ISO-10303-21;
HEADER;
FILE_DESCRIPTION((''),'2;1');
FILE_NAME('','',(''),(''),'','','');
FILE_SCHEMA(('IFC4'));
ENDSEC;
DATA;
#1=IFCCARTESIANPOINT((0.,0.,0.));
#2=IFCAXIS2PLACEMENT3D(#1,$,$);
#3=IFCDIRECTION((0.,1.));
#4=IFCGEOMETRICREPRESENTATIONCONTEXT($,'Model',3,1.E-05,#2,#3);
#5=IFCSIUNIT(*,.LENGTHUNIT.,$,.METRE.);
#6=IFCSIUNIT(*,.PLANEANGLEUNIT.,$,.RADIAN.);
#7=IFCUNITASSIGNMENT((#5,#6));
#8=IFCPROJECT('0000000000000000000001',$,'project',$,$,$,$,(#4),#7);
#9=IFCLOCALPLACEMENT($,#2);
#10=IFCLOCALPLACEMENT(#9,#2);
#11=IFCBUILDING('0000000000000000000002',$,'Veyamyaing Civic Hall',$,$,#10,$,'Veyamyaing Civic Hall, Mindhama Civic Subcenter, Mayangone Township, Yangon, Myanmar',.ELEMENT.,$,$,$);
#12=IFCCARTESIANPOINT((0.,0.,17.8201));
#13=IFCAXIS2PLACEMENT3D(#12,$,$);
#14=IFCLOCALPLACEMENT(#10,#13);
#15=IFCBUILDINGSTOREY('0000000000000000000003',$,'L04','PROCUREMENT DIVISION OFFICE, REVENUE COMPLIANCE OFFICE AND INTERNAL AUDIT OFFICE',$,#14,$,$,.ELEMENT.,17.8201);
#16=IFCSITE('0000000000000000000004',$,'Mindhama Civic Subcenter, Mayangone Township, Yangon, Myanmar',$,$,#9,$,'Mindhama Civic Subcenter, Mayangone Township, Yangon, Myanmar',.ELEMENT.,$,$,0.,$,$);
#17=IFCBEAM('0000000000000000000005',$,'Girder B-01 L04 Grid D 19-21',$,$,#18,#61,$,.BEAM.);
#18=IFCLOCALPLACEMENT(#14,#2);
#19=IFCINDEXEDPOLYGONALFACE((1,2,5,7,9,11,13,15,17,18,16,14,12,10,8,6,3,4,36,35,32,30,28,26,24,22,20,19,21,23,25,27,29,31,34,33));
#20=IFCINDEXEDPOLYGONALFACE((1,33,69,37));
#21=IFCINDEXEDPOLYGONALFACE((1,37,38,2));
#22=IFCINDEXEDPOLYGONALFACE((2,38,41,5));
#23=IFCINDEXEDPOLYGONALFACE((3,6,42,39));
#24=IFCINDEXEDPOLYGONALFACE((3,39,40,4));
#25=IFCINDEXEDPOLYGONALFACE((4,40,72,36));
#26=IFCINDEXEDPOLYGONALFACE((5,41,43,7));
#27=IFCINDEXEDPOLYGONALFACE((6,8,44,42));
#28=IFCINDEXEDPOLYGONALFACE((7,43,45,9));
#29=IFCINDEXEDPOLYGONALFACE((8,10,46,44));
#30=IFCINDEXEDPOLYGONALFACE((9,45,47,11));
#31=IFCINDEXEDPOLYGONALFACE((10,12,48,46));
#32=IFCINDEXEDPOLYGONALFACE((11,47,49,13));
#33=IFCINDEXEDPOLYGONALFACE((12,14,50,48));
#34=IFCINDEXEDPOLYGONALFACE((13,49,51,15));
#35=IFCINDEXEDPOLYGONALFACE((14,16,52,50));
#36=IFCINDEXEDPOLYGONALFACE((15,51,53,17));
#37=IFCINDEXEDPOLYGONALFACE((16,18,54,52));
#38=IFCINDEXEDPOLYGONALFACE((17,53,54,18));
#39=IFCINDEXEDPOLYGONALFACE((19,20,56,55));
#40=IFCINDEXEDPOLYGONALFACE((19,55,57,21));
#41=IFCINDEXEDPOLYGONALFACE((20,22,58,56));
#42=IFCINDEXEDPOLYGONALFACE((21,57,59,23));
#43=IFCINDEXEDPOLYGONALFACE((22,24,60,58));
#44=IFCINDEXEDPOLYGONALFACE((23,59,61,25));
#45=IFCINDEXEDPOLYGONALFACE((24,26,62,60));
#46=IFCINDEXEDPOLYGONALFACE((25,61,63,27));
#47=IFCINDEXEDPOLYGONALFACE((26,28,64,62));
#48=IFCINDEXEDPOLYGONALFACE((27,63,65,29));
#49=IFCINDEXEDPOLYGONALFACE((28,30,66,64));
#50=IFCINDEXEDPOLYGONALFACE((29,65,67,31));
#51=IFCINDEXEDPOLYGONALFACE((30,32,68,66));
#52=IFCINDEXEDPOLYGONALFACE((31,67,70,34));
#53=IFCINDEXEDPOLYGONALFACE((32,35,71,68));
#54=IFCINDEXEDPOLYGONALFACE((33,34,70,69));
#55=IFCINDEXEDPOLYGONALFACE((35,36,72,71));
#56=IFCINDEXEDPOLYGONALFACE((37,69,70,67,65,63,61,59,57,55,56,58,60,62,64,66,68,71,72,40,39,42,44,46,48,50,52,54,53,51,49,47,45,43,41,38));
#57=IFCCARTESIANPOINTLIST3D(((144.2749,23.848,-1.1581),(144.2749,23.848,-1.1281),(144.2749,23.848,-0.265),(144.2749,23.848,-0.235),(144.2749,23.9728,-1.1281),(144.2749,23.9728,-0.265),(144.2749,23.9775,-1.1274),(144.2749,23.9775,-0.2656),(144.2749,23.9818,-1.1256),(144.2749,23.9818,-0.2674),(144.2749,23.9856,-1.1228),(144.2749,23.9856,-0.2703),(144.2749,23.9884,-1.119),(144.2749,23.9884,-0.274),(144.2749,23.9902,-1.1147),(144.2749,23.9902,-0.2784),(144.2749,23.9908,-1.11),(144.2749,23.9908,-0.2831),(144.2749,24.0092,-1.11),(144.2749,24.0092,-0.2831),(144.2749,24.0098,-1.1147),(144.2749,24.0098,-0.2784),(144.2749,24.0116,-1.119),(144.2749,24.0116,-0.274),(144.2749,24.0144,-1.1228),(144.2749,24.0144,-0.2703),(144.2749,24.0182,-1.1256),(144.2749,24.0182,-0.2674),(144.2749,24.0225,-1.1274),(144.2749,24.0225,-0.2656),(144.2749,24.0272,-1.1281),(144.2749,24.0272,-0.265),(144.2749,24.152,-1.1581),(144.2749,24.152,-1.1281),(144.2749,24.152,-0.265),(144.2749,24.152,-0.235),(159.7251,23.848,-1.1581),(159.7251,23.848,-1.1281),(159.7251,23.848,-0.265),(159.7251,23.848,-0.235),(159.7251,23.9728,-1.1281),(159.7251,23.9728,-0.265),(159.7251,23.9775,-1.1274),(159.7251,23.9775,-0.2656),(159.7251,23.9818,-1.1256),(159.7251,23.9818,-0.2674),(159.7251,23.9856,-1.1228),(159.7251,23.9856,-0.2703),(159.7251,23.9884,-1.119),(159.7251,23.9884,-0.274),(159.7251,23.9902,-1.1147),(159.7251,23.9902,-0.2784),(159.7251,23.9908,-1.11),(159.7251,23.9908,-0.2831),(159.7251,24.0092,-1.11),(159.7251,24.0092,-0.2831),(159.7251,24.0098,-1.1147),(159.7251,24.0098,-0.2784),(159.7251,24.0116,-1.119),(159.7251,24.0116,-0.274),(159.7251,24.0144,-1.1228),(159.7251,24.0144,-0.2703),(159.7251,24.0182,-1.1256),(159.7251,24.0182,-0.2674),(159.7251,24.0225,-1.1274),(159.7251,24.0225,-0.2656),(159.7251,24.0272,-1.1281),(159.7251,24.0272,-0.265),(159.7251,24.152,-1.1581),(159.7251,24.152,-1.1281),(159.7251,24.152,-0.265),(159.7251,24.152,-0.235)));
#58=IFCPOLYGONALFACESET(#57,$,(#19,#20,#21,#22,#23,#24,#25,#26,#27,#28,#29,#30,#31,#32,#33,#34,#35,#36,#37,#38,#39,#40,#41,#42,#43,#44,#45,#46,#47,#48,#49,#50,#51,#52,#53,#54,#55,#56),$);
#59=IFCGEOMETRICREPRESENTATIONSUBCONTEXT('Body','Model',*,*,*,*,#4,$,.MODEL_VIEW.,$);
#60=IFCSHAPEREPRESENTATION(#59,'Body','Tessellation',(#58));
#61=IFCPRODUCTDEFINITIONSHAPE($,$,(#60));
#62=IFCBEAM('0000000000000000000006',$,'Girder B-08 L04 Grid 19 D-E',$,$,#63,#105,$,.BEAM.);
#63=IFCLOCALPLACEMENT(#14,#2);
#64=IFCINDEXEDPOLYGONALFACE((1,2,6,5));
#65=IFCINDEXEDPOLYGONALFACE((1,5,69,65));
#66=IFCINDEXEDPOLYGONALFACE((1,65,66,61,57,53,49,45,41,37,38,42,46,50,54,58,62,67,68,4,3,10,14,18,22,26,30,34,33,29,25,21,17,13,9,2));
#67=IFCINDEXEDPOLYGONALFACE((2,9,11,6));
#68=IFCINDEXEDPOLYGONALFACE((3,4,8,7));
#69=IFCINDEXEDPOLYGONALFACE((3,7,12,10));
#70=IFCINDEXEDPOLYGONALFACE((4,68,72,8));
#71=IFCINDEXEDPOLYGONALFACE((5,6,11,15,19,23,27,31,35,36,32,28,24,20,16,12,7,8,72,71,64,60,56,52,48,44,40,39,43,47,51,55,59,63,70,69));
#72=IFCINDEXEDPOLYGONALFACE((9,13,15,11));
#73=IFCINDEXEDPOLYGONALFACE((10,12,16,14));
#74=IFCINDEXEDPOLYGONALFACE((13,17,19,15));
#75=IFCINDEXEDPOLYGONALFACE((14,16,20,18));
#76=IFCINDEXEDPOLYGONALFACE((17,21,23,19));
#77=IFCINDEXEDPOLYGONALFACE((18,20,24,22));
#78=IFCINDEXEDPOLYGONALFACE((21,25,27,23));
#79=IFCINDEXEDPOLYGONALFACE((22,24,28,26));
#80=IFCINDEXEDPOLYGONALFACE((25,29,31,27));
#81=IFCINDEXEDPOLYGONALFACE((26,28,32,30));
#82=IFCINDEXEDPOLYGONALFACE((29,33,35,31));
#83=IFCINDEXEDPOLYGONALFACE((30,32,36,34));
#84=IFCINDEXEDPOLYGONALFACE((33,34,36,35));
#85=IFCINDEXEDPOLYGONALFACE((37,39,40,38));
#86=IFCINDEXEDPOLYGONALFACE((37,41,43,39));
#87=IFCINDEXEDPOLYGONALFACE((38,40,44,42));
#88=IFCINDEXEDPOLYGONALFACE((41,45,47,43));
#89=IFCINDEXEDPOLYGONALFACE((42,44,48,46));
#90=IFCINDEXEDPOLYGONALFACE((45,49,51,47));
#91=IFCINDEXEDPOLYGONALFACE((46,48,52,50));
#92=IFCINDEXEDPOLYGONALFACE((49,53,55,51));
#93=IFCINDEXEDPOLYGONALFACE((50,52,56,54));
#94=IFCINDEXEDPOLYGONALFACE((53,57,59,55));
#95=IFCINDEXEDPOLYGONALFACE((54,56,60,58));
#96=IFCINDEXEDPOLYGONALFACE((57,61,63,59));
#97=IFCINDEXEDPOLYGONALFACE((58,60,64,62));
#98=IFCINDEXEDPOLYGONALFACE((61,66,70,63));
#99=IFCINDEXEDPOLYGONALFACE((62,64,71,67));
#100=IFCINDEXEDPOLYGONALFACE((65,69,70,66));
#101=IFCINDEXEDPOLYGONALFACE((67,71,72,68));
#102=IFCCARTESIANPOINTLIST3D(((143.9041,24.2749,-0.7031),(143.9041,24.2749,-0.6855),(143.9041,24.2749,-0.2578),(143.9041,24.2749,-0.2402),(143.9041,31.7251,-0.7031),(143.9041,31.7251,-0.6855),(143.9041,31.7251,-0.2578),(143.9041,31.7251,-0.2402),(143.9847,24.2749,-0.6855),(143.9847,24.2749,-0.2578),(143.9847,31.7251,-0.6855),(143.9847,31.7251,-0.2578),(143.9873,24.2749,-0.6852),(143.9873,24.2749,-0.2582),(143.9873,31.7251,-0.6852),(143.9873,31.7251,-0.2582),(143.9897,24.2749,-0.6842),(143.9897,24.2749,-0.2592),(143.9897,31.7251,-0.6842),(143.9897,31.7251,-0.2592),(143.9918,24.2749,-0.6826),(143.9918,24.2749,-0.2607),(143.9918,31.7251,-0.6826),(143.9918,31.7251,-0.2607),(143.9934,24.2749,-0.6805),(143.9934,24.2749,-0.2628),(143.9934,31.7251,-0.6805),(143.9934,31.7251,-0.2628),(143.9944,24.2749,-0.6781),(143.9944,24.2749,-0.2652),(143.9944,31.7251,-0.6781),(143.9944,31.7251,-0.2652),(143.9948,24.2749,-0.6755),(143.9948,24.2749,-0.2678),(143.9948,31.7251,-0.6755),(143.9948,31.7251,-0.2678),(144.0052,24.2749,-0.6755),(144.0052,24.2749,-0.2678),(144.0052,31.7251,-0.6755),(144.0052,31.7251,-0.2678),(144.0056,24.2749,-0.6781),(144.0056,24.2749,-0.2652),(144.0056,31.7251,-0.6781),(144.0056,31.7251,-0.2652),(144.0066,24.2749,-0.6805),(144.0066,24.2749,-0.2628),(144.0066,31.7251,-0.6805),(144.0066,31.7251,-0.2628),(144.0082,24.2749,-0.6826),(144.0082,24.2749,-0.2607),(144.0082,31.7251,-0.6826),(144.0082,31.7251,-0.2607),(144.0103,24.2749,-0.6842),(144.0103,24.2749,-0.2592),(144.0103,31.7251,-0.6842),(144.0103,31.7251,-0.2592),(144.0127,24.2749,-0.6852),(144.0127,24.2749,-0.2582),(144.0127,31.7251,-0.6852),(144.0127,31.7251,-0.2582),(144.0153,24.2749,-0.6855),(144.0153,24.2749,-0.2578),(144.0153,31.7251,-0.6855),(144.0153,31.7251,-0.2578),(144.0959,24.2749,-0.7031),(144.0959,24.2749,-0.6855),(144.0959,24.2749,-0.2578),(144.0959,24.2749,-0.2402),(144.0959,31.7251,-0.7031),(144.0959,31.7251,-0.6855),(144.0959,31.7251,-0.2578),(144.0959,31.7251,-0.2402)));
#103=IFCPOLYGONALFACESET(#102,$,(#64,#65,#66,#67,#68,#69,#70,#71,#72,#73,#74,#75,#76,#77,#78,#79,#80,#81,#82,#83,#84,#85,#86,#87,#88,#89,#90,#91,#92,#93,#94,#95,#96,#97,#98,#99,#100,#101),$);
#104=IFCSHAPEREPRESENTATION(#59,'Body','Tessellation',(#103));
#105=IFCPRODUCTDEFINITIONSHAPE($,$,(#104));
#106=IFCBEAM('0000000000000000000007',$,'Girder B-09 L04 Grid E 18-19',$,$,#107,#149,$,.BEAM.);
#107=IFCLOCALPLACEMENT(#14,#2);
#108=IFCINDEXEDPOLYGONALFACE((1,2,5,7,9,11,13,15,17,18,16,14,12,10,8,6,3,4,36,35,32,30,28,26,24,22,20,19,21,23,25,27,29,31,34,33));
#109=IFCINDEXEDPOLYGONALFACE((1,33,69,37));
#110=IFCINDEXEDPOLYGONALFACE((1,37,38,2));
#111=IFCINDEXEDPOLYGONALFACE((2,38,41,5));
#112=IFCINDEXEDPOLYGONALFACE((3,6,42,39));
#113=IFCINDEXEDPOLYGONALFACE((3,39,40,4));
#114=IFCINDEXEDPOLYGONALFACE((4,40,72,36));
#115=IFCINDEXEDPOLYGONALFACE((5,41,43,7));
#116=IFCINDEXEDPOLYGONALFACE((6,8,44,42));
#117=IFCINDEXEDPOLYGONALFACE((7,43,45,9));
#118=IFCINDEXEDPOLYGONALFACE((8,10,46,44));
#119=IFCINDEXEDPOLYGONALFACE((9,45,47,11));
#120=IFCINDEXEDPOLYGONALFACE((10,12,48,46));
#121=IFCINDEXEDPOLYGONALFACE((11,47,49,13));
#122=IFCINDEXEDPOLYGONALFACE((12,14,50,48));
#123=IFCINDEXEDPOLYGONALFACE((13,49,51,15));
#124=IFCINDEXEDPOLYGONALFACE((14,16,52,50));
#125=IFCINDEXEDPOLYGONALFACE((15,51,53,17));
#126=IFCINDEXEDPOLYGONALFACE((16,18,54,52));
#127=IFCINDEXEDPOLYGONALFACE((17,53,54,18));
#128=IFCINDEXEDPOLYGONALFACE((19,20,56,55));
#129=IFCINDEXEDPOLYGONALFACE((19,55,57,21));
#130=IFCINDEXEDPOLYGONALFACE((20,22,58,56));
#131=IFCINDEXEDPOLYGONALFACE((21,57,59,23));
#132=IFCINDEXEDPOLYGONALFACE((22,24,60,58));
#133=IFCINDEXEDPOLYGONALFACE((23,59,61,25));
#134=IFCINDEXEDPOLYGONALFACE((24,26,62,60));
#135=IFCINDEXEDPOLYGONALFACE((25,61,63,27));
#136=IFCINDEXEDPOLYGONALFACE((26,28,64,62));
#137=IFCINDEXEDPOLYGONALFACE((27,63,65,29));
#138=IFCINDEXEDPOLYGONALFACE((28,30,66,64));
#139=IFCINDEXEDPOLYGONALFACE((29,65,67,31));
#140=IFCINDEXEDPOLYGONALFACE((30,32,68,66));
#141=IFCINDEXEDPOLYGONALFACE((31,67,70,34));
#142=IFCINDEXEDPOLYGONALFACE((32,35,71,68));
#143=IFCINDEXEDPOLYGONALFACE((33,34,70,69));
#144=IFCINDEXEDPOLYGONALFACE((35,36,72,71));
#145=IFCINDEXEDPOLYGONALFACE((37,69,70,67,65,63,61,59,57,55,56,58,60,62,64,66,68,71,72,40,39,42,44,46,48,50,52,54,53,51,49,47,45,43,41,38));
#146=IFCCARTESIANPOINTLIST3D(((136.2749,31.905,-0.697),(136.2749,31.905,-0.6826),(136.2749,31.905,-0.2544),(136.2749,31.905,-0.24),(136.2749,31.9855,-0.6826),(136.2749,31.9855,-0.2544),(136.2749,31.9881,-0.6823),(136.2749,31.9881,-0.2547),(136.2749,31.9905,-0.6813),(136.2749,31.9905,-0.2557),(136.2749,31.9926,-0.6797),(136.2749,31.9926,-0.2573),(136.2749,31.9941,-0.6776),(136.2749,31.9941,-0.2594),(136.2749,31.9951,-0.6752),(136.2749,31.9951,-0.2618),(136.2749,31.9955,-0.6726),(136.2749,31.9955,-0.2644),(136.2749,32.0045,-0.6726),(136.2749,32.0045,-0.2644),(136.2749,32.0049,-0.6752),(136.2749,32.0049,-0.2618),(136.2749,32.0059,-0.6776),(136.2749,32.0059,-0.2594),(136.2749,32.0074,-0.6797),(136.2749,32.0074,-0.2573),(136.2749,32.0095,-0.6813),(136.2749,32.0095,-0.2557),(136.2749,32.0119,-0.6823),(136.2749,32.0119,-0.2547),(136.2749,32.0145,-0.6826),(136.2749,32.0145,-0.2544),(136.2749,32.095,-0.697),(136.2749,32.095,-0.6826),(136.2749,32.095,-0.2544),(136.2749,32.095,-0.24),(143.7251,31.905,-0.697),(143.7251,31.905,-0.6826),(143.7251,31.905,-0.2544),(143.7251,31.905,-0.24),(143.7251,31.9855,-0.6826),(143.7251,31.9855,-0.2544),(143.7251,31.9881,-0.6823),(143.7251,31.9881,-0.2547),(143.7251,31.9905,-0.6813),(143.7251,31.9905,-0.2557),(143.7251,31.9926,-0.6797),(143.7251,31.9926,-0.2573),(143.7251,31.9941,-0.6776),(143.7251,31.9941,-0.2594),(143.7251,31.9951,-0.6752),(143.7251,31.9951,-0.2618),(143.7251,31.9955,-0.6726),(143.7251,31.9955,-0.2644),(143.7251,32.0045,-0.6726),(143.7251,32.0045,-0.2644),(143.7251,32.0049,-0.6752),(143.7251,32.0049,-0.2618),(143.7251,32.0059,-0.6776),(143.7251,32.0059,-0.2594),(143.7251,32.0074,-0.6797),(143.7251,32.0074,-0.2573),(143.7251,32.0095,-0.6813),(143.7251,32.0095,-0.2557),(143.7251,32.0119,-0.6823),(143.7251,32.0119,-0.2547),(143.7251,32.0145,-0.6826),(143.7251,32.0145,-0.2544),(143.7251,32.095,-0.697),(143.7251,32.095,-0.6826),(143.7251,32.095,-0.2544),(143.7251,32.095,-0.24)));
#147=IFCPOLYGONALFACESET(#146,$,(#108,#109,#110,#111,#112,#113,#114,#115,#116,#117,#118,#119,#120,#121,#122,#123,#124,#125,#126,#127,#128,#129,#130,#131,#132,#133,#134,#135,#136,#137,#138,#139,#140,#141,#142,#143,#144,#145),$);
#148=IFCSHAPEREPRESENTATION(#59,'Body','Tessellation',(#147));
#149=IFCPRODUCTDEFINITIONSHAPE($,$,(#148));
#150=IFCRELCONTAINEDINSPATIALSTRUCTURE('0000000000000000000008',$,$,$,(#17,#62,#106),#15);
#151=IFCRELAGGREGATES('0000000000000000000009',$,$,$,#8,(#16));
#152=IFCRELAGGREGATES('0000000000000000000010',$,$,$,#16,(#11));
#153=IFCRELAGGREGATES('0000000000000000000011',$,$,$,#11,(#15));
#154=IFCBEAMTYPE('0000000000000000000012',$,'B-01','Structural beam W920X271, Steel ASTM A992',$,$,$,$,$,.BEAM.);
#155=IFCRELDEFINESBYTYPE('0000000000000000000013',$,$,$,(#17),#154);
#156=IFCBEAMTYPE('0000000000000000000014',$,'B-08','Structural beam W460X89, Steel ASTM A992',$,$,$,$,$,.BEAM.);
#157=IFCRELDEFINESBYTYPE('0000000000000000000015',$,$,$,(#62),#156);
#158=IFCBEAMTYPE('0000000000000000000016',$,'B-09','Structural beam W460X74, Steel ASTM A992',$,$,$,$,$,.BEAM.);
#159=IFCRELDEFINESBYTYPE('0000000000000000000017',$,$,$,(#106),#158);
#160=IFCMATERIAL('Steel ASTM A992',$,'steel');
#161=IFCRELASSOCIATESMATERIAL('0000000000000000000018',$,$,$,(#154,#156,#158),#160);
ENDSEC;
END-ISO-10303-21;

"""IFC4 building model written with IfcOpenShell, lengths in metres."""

from ifc_helpers import new_model, si_unit, direction, frame, origin, origin_2d, place, context, subcontext, project, spatial, i_section, extrude, material, material_profile, profile_set, type_object, element, save


model = new_model("IFC4")

# Units and contexts
model_context = context("Model", 3, precision=1e-05, world=origin(), true_north=direction((0.0, 1.0)))
body_context = subcontext(model_context, "Body", "Model", "MODEL_VIEW")
ifc_project = project(units=[si_unit("LENGTHUNIT", "METRE"), si_unit("PLANEANGLEUNIT", "RADIAN")], contexts=[model_context])

# Site, building, storey
site_placement = place(None, origin())
site = spatial("IfcSite", under=ifc_project, at=site_placement, Name="Mindhama Civic Subcenter, Mayangone Township, Yangon, Myanmar", LongName="Mindhama Civic Subcenter, Mayangone Township, Yangon, Myanmar", CompositionType="ELEMENT", RefElevation=0.0)
building_placement = place(site_placement, origin())
building = spatial("IfcBuilding", under=site, at=building_placement, Name="Veyamyaing Civic Hall", LongName="Veyamyaing Civic Hall, Mindhama Civic Subcenter, Mayangone Township, Yangon, Myanmar", CompositionType="ELEMENT")
storey_placement = place(building_placement, frame((0.0, 0.0, 17.8201)))
storey = spatial("IfcBuildingStorey", under=building, at=storey_placement, Name="L04", Description="PROCUREMENT DIVISION OFFICE, REVENUE COMPLIANCE OFFICE AND INTERNAL AUDIT OFFICE", CompositionType="ELEMENT", Elevation=17.8201)

# Beams
ifc_material_1 = material(Name="Steel ASTM A992", Category="steel")
ifc_material_profile_1 = material_profile(ifc_material_1, i_section(OverallWidth=0.304, OverallDepth=0.9231, WebThickness=0.0183, FlangeThickness=0.03, FilletRadius=0.0181, at=origin_2d()), Name="W920X271")
ifc_profile_set_1 = profile_set([ifc_material_profile_1], Name="Steel ASTM A992")
beam_type_1 = type_object("IfcBeamType", Name="B-01", Description="Structural beam W920X271, Steel ASTM A992", PredefinedType="BEAM", material=ifc_profile_set_1)
beam_1_placement = place(storey_placement, frame((144.2749, 24.0, -0.6965), z_axis=(1.0, 0.0, 0.0), x_axis=(0.0, 1.0, 0.0)))
element("IfcBeam", 1, at=beam_1_placement, inside=storey, type_object=beam_type_1, Name="Girder B-01 L04 Grid D 19-21", PredefinedType="BEAM", context=body_context, shape_type="SweptSolid", body=[
    extrude(i_section(OverallWidth=0.304, OverallDepth=0.9231, WebThickness=0.0183, FlangeThickness=0.03, FilletRadius=0.0181, at=origin_2d()), origin(), (0.0, 0.0, 1.0), 15.4502),
])
ifc_material_profile_2 = material_profile(ifc_material_1, i_section(OverallWidth=0.1919, OverallDepth=0.4629, WebThickness=0.0105, FlangeThickness=0.0176, FilletRadius=0.01, at=origin_2d()), Name="W460X89")
ifc_profile_set_2 = profile_set([ifc_material_profile_2], Name="Steel ASTM A992")
beam_type_2 = type_object("IfcBeamType", Name="B-08", Description="Structural beam W460X89, Steel ASTM A992", PredefinedType="BEAM", material=ifc_profile_set_2)
beam_2_placement = place(storey_placement, frame((144.0, 24.2749, -0.4717), z_axis=(0.0, 1.0, 0.0), x_axis=(-1.0, 0.0, 0.0)))
element("IfcBeam", 2, at=beam_2_placement, inside=storey, type_object=beam_type_2, Name="Girder B-08 L04 Grid 19 D-E", PredefinedType="BEAM", context=body_context, shape_type="SweptSolid", body=[
    extrude(i_section(OverallWidth=0.1919, OverallDepth=0.4629, WebThickness=0.0105, FlangeThickness=0.0176, FilletRadius=0.01, at=origin_2d()), origin(), (0.0, 0.0, 1.0), 7.4502),
])
ifc_material_profile_3 = material_profile(ifc_material_1, i_section(OverallWidth=0.1899, OverallDepth=0.457, WebThickness=0.009, FlangeThickness=0.0144, FilletRadius=0.01, at=origin_2d()), Name="W460X74")
ifc_profile_set_3 = profile_set([ifc_material_profile_3], Name="Steel ASTM A992")
beam_type_3 = type_object("IfcBeamType", Name="B-09", Description="Structural beam W460X74, Steel ASTM A992", PredefinedType="BEAM", material=ifc_profile_set_3)
beam_3_placement = place(storey_placement, frame((136.2749, 32.0, -0.4685), z_axis=(1.0, 0.0, 0.0), x_axis=(0.0, 1.0, 0.0)))
element("IfcBeam", 3, at=beam_3_placement, inside=storey, type_object=beam_type_3, Name="Girder B-09 L04 Grid E 18-19", PredefinedType="BEAM", context=body_context, shape_type="SweptSolid", body=[
    extrude(i_section(OverallWidth=0.1899, OverallDepth=0.457, WebThickness=0.009, FlangeThickness=0.0144, FilletRadius=0.01, at=origin_2d()), origin(), (0.0, 0.0, 1.0), 7.4502),
])

save(model, "model.ifc")
